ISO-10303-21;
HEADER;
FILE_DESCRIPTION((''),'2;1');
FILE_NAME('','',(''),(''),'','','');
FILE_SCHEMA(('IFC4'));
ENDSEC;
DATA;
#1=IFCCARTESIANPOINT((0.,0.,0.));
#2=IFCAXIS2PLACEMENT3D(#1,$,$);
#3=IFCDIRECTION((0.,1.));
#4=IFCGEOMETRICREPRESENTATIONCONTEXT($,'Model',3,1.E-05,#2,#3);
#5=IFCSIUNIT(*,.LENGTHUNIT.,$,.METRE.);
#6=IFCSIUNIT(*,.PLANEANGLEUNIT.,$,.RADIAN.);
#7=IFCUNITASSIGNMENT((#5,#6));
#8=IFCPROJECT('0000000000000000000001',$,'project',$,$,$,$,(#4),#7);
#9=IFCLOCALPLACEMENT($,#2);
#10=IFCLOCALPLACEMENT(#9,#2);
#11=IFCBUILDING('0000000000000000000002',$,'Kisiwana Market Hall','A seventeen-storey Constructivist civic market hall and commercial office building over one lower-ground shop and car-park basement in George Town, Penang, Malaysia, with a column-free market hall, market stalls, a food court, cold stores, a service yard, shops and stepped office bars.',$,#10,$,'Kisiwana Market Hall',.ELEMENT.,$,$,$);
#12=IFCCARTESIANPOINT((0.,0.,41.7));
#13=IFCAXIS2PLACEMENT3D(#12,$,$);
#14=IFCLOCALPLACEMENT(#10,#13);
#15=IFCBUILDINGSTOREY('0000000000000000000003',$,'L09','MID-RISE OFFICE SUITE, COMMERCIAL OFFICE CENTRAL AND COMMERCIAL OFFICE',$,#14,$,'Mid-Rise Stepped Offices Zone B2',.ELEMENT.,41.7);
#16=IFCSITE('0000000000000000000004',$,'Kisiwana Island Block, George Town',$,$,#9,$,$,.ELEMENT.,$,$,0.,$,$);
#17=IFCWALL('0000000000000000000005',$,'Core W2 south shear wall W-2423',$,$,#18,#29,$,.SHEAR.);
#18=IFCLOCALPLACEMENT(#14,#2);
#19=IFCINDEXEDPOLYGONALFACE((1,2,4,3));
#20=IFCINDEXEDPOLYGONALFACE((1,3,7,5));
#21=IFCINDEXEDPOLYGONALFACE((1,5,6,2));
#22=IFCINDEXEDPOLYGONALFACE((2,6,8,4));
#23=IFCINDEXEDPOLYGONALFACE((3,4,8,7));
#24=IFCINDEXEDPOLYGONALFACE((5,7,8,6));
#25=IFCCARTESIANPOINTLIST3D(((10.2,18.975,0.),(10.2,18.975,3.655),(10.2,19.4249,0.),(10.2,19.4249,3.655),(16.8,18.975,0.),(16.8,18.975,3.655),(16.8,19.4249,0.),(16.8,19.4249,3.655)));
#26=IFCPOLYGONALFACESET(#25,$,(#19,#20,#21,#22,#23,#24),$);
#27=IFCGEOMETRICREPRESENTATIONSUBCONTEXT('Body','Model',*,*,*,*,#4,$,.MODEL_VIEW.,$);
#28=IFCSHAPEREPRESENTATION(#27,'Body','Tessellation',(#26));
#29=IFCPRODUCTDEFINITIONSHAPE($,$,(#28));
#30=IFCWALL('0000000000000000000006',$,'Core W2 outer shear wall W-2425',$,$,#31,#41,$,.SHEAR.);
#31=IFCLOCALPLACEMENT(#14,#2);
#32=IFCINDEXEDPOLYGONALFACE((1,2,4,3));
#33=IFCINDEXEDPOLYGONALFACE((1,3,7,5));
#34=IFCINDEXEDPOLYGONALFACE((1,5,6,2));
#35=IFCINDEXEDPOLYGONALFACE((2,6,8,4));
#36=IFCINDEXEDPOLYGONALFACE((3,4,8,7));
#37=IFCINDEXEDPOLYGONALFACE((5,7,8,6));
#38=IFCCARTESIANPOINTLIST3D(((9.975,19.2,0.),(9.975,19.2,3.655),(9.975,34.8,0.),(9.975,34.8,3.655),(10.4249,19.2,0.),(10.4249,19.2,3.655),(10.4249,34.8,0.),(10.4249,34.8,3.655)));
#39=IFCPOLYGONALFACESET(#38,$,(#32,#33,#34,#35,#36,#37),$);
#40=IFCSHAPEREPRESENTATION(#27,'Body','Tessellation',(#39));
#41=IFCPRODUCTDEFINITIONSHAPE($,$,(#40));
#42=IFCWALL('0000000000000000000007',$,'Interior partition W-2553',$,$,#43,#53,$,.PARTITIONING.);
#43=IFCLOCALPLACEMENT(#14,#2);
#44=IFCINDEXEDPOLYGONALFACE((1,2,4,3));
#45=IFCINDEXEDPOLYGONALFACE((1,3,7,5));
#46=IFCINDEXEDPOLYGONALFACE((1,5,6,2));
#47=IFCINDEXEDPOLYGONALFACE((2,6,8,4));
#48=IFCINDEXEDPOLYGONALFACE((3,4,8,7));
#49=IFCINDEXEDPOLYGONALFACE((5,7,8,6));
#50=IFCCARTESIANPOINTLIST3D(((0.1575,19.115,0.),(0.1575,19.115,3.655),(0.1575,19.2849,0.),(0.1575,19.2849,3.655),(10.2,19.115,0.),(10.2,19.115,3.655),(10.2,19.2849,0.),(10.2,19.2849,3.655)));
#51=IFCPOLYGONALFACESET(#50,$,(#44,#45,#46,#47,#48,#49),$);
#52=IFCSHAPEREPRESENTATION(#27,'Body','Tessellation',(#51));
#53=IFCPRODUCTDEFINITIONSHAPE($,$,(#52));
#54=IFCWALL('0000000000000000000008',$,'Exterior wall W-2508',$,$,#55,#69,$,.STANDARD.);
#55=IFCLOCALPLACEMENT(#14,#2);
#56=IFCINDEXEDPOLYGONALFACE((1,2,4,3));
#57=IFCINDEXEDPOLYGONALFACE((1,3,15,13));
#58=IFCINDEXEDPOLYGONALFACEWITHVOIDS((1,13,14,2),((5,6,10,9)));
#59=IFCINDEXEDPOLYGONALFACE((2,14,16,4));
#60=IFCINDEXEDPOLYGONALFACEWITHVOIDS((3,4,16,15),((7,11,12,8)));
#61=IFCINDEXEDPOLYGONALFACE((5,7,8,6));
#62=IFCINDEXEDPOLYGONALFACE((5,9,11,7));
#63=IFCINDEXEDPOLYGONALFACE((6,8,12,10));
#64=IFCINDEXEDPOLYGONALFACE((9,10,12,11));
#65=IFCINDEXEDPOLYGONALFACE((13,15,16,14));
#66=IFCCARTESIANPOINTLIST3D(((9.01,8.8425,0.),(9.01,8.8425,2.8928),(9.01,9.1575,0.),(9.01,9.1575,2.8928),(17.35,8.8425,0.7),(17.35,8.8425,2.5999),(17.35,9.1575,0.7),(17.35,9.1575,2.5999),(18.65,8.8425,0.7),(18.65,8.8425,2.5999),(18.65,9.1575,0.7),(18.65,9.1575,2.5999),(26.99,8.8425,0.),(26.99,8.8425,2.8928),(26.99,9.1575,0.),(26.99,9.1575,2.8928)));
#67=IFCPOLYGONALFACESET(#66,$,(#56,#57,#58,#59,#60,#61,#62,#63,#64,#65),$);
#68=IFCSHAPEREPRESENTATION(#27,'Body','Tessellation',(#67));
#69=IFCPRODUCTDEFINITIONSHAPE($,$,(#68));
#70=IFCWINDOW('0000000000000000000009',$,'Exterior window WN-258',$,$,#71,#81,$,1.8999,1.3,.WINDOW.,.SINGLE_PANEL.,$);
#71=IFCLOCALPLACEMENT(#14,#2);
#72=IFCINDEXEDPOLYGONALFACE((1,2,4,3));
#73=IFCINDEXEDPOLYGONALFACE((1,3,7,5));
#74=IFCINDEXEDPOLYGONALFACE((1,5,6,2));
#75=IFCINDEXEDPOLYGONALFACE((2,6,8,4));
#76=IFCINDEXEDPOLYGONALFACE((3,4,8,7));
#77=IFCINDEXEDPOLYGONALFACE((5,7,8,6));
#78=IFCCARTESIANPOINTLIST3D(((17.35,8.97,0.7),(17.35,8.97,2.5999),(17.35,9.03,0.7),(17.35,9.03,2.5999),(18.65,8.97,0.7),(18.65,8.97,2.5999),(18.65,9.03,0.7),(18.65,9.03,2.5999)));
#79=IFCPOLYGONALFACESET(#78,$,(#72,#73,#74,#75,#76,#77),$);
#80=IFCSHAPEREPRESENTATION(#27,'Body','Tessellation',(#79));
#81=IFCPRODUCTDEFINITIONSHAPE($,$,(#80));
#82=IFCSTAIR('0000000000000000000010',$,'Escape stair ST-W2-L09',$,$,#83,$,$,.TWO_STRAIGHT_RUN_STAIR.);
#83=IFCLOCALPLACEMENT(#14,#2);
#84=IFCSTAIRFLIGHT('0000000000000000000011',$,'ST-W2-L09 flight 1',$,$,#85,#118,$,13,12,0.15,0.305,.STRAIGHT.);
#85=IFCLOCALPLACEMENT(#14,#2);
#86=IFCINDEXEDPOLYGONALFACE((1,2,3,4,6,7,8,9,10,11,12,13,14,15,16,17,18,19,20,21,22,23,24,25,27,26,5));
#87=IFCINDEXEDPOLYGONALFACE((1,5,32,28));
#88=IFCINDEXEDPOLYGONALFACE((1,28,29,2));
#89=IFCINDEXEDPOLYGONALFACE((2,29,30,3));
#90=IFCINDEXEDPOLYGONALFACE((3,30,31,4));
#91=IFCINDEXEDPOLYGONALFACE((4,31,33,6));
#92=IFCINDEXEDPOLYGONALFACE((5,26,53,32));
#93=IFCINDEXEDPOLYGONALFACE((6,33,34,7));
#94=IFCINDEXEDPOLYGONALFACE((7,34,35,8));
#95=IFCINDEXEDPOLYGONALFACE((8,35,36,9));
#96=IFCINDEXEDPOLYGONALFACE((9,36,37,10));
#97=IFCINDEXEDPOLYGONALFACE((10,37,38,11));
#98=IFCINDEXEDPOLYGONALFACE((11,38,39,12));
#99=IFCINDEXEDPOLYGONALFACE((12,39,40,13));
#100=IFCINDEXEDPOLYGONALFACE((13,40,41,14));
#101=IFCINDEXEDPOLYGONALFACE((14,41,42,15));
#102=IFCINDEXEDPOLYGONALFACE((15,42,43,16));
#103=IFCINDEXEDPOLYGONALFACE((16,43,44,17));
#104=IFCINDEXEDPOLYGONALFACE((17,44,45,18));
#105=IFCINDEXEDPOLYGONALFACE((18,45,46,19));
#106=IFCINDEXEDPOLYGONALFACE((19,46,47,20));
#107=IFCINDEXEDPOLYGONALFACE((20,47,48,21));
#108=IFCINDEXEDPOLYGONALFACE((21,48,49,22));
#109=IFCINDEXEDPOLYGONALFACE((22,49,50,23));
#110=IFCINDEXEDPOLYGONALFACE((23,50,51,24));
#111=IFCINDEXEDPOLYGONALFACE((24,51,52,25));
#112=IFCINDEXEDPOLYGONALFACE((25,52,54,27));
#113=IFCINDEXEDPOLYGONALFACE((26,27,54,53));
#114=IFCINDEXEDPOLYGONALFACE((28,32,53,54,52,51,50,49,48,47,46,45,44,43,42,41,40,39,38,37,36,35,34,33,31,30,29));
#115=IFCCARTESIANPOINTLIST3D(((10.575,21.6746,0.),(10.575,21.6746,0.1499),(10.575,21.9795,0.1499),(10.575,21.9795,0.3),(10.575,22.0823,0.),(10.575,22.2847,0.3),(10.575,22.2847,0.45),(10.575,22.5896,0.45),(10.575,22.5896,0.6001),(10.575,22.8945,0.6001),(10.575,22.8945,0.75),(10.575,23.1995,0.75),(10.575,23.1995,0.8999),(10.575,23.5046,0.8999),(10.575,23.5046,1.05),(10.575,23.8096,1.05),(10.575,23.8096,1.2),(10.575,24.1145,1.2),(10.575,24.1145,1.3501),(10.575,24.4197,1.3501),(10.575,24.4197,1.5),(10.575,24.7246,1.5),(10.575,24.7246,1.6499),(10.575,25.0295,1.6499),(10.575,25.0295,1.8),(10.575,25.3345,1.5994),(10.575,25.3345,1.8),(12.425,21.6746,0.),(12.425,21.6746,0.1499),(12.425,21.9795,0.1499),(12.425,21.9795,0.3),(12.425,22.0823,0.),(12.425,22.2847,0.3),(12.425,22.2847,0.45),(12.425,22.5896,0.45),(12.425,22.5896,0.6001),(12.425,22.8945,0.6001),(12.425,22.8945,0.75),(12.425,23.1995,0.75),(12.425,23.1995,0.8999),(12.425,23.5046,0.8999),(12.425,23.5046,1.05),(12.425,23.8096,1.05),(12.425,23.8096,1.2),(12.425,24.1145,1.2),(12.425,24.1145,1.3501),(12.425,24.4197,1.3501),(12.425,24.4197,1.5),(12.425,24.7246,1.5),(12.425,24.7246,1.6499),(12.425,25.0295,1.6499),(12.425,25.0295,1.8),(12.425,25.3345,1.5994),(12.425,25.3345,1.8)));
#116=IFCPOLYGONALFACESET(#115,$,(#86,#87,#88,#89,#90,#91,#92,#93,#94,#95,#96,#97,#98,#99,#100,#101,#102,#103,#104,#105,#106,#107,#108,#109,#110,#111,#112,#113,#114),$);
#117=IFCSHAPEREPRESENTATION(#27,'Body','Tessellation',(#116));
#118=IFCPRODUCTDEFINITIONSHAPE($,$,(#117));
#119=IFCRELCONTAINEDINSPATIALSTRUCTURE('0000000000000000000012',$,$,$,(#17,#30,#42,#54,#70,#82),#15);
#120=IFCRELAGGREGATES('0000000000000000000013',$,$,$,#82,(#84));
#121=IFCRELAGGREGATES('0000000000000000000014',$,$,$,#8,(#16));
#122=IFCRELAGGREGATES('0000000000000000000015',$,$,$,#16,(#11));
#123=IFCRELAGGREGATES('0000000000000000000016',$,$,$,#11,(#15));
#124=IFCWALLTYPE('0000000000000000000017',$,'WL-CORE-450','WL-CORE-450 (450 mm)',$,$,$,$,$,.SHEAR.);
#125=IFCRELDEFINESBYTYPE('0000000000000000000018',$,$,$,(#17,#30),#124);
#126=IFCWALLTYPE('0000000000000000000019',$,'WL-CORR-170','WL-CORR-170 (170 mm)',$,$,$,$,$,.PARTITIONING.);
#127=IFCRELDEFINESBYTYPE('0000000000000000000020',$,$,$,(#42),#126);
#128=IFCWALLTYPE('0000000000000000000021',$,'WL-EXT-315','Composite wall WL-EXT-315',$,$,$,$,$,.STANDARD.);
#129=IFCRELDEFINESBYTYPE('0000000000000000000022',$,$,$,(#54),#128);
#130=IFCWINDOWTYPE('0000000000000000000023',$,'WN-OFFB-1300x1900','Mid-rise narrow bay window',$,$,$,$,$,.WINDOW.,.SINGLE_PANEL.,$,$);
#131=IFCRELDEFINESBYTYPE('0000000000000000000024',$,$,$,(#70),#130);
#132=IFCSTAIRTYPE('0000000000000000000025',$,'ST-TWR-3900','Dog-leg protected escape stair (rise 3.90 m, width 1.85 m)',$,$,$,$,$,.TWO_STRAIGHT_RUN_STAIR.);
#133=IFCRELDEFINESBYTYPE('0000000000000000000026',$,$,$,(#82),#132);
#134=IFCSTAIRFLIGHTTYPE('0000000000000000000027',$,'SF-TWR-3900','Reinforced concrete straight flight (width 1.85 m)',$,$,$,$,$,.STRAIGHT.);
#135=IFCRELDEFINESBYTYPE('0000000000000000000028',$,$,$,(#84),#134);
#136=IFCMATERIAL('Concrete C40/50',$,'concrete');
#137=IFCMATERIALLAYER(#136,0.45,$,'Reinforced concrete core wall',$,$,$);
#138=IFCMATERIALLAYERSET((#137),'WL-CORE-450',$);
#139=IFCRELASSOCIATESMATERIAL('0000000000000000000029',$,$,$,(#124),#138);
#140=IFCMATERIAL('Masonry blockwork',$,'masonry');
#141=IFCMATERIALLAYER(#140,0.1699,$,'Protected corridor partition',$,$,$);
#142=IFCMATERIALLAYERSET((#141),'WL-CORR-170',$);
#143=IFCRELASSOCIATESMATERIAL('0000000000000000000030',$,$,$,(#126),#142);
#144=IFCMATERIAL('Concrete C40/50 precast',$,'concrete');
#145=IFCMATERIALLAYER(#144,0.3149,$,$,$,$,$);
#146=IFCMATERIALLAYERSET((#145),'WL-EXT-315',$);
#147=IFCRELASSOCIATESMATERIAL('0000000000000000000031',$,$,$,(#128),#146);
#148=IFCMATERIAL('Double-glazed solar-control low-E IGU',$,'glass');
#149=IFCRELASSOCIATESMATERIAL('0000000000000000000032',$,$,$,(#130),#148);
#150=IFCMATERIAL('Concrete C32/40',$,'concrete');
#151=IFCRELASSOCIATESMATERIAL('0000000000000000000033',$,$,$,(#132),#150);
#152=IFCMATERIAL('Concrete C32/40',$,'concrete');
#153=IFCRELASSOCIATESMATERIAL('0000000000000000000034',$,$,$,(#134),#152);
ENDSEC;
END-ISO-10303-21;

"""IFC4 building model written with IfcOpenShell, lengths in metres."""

from ifc_helpers import new_model, si_unit, direction, frame, frame_2d, origin, place, context, subcontext, project, spatial, polyline, rectangle, outline, extrude, material, layer, layer_set, type_object, element, fill, aggregate, save


model = new_model("IFC4")

# Units and contexts
model_context = context("Model", 3, precision=1e-05, world=origin(), true_north=direction((0.0, 1.0)))
body_context = subcontext(model_context, "Body", "Model", "MODEL_VIEW")
ifc_project = project(units=[si_unit("LENGTHUNIT", "METRE"), si_unit("PLANEANGLEUNIT", "RADIAN")], contexts=[model_context])

# Site, building, storey
site_placement = place(None, origin())
site = spatial("IfcSite", under=ifc_project, at=site_placement, Name="Kisiwana Island Block, George Town", CompositionType="ELEMENT", RefElevation=0.0)
building_placement = place(site_placement, origin())
building = spatial("IfcBuilding", under=site, at=building_placement, Name="Kisiwana Market Hall", Description="A seventeen-storey Constructivist civic market hall and commercial office building over one lower-ground shop and car-park basement in George Town, Penang, Malaysia, with a column-free market hall, market stalls, a food court, cold stores, a service yard, shops and stepped office bars.", LongName="Kisiwana Market Hall", CompositionType="ELEMENT")
storey_placement = place(building_placement, frame((0.0, 0.0, 41.7)))
storey = spatial("IfcBuildingStorey", under=building, at=storey_placement, Name="L09", Description="MID-RISE OFFICE SUITE, COMMERCIAL OFFICE CENTRAL AND COMMERCIAL OFFICE", LongName="Mid-Rise Stepped Offices Zone B2", CompositionType="ELEMENT", Elevation=41.7)

# Walls
ifc_material_1 = material(Name="Concrete C40/50", Category="concrete")
ifc_layer_1 = layer(ifc_material_1, 0.45, Name="Reinforced concrete core wall")
ifc_layer_set_1 = layer_set([ifc_layer_1], Name="WL-CORE-450")
wall_type_1 = type_object("IfcWallType", Name="WL-CORE-450", Description="WL-CORE-450 (450 mm)", PredefinedType="SHEAR", material=ifc_layer_set_1)
wall_1_placement = place(storey_placement, frame((10.2, 19.2, 0.0), z_axis=(0.0, 0.0, 1.0), x_axis=(1.0, 0.0, 0.0)))
element("IfcWall", 1, at=wall_1_placement, inside=storey, type_object=wall_type_1, Name="Core W2 south shear wall W-2423", PredefinedType="SHEAR", context=body_context, shape_type="SweptSolid", body=[
    extrude(rectangle(XDim=6.6001, YDim=0.45, at=frame_2d((3.3, 0.0))), origin(), (0.0, 0.0, 1.0), 3.655),
])
wall_2_placement = place(storey_placement, frame((10.2, 19.2, 0.0), z_axis=(0.0, 0.0, 1.0), x_axis=(0.0, 1.0, 0.0)))
element("IfcWall", 2, at=wall_2_placement, inside=storey, type_object=wall_type_1, Name="Core W2 outer shear wall W-2425", PredefinedType="SHEAR", context=body_context, shape_type="SweptSolid", body=[
    extrude(rectangle(XDim=15.6001, YDim=0.45, at=frame_2d((7.8, 0.0))), origin(), (0.0, 0.0, 1.0), 3.655),
])
ifc_material_2 = material(Name="Masonry blockwork", Category="masonry")
ifc_layer_2 = layer(ifc_material_2, 0.1699, Name="Protected corridor partition")
ifc_layer_set_2 = layer_set([ifc_layer_2], Name="WL-CORR-170")
wall_type_2 = type_object("IfcWallType", Name="WL-CORR-170", Description="WL-CORR-170 (170 mm)", PredefinedType="PARTITIONING", material=ifc_layer_set_2)
wall_3_placement = place(storey_placement, frame((0.1575, 19.2, 0.0), z_axis=(0.0, 0.0, 1.0), x_axis=(1.0, 0.0, 0.0)))
element("IfcWall", 3, at=wall_3_placement, inside=storey, type_object=wall_type_2, Name="Interior partition W-2553", PredefinedType="PARTITIONING", context=body_context, shape_type="SweptSolid", body=[
    extrude(rectangle(XDim=10.0425, YDim=0.1699, at=frame_2d((5.0212, 0.0))), origin(), (0.0, 0.0, 1.0), 3.655),
])

# Wall, opening, window
ifc_material_3 = material(Name="Concrete C40/50 precast", Category="concrete")
ifc_layer_3 = layer(ifc_material_3, 0.3149)
ifc_layer_set_3 = layer_set([ifc_layer_3], Name="WL-EXT-315")
wall_type_3 = type_object("IfcWallType", Name="WL-EXT-315", Description="Composite wall WL-EXT-315", PredefinedType="STANDARD", material=ifc_layer_set_3)
wall_4_placement = place(storey_placement, frame((9.01, 9.0, 0.0), z_axis=(0.0, 0.0, 1.0), x_axis=(1.0, 0.0, 0.0)))
wall_4 = element("IfcWall", 4, at=wall_4_placement, inside=storey, type_object=wall_type_3, Name="Exterior wall W-2508", PredefinedType="STANDARD", context=body_context, shape_type="SweptSolid", body=[
    extrude(rectangle(XDim=17.98, YDim=0.3149, at=frame_2d((8.99, 0.0))), origin(), (0.0, 0.0, 1.0), 2.8928),
])
opening_placement = place(wall_4_placement, frame((8.3401, 0.0, 0.7)))
opening = element("IfcOpeningElement", 5, at=opening_placement, cuts=wall_4, PredefinedType="OPENING", context=body_context, shape_type="SweptSolid", body=[
    extrude(rectangle(XDim=1.3, YDim=1.8999, at=frame_2d((0.6499, 0.95))), frame((0.0, 0.1694, 0.0), z_axis=(0.0, -1.0, 0.0), x_axis=(1.0, 0.0, 0.0)), (0.0, 0.0, 1.0), 0.3389),
])
ifc_material_4 = material(Name="Double-glazed solar-control low-E IGU", Category="glass")
window_type = type_object("IfcWindowType", Name="WN-OFFB-1300x1900", Description="Mid-rise narrow bay window", PartitioningType="SINGLE_PANEL", PredefinedType="WINDOW", material=ifc_material_4)
window_placement = place(opening_placement, origin())
window = element("IfcWindow", 6, at=window_placement, inside=storey, type_object=window_type, Name="Exterior window WN-258", OverallHeight=1.8999, OverallWidth=1.3, PartitioningType="SINGLE_PANEL", PredefinedType="WINDOW", context=body_context, shape_type="SweptSolid", body=[
    extrude(rectangle(XDim=1.3, YDim=1.8999, at=frame_2d((0.6499, 0.95))), frame((0.0, 0.03, 0.0), z_axis=(0.0, -1.0, 0.0), x_axis=(1.0, 0.0, 0.0)), (0.0, 0.0, 1.0), 0.0601),
])
fill(opening, window)

# Stair, stair flight
ifc_material_5 = material(Name="Concrete C32/40", Category="concrete")
stair_type = type_object("IfcStairType", Name="ST-TWR-3900", Description="Dog-leg protected escape stair (rise 3.90 m, width 1.85 m)", PredefinedType="TWO_STRAIGHT_RUN_STAIR", material=ifc_material_5)
stair_placement = place(storey_placement, origin())
stair = element("IfcStair", 7, at=stair_placement, inside=storey, type_object=stair_type, Name="Escape stair ST-W2-L09", PredefinedType="TWO_STRAIGHT_RUN_STAIR")
ifc_material_6 = material(Name="Concrete C32/40", Category="concrete")
stair_flight_type = type_object("IfcStairFlightType", Name="SF-TWR-3900", Description="Reinforced concrete straight flight (width 1.85 m)", PredefinedType="STRAIGHT", material=ifc_material_6)
stair_flight_placement = place(storey_placement, frame((11.5, 21.6746, 0.0), z_axis=(0.0, 0.0, 1.0), x_axis=(0.0, 1.0, 0.0)))
stair_flight = element("IfcStairFlight", 8, at=stair_flight_placement, type_object=stair_flight_type, Name="ST-W2-L09 flight 1", NumberOfRisers=13, NumberOfTreads=12, PredefinedType="STRAIGHT", RiserHeight=0.15, TreadLength=0.305, context=body_context, shape_type="SweptSolid", body=[
    extrude(outline(polyline([(0.0, 0.0), (0.0, 0.1499), (0.3049, 0.1499), (0.3049, 0.3), (0.6101, 0.3), (0.6101, 0.45), (0.915, 0.45), (0.915, 0.6001), (1.22, 0.6001), (1.22, 0.75), (1.5249, 0.75), (1.5249, 0.8999), (1.8301, 0.8999), (1.8301, 1.05), (2.135, 1.05), (2.135, 1.2), (2.4399, 1.2), (2.4399, 1.3501), (2.7451, 1.3501), (2.7451, 1.5), (3.05, 1.5), (3.05, 1.6499), (3.355, 1.6499), (3.355, 1.8), (3.6599, 1.8), (3.6599, 1.95), (3.6599, 1.5994), (0.4077, 0.0), (0.0, 0.0)])), frame((0.0, 0.925, 0.0), z_axis=(0.0, -1.0, 0.0), x_axis=(1.0, 0.0, 0.0)), (0.0, 0.0, 1.0), 1.8501),
])
aggregate(stair, [stair_flight])

save(model, "model.ifc")
